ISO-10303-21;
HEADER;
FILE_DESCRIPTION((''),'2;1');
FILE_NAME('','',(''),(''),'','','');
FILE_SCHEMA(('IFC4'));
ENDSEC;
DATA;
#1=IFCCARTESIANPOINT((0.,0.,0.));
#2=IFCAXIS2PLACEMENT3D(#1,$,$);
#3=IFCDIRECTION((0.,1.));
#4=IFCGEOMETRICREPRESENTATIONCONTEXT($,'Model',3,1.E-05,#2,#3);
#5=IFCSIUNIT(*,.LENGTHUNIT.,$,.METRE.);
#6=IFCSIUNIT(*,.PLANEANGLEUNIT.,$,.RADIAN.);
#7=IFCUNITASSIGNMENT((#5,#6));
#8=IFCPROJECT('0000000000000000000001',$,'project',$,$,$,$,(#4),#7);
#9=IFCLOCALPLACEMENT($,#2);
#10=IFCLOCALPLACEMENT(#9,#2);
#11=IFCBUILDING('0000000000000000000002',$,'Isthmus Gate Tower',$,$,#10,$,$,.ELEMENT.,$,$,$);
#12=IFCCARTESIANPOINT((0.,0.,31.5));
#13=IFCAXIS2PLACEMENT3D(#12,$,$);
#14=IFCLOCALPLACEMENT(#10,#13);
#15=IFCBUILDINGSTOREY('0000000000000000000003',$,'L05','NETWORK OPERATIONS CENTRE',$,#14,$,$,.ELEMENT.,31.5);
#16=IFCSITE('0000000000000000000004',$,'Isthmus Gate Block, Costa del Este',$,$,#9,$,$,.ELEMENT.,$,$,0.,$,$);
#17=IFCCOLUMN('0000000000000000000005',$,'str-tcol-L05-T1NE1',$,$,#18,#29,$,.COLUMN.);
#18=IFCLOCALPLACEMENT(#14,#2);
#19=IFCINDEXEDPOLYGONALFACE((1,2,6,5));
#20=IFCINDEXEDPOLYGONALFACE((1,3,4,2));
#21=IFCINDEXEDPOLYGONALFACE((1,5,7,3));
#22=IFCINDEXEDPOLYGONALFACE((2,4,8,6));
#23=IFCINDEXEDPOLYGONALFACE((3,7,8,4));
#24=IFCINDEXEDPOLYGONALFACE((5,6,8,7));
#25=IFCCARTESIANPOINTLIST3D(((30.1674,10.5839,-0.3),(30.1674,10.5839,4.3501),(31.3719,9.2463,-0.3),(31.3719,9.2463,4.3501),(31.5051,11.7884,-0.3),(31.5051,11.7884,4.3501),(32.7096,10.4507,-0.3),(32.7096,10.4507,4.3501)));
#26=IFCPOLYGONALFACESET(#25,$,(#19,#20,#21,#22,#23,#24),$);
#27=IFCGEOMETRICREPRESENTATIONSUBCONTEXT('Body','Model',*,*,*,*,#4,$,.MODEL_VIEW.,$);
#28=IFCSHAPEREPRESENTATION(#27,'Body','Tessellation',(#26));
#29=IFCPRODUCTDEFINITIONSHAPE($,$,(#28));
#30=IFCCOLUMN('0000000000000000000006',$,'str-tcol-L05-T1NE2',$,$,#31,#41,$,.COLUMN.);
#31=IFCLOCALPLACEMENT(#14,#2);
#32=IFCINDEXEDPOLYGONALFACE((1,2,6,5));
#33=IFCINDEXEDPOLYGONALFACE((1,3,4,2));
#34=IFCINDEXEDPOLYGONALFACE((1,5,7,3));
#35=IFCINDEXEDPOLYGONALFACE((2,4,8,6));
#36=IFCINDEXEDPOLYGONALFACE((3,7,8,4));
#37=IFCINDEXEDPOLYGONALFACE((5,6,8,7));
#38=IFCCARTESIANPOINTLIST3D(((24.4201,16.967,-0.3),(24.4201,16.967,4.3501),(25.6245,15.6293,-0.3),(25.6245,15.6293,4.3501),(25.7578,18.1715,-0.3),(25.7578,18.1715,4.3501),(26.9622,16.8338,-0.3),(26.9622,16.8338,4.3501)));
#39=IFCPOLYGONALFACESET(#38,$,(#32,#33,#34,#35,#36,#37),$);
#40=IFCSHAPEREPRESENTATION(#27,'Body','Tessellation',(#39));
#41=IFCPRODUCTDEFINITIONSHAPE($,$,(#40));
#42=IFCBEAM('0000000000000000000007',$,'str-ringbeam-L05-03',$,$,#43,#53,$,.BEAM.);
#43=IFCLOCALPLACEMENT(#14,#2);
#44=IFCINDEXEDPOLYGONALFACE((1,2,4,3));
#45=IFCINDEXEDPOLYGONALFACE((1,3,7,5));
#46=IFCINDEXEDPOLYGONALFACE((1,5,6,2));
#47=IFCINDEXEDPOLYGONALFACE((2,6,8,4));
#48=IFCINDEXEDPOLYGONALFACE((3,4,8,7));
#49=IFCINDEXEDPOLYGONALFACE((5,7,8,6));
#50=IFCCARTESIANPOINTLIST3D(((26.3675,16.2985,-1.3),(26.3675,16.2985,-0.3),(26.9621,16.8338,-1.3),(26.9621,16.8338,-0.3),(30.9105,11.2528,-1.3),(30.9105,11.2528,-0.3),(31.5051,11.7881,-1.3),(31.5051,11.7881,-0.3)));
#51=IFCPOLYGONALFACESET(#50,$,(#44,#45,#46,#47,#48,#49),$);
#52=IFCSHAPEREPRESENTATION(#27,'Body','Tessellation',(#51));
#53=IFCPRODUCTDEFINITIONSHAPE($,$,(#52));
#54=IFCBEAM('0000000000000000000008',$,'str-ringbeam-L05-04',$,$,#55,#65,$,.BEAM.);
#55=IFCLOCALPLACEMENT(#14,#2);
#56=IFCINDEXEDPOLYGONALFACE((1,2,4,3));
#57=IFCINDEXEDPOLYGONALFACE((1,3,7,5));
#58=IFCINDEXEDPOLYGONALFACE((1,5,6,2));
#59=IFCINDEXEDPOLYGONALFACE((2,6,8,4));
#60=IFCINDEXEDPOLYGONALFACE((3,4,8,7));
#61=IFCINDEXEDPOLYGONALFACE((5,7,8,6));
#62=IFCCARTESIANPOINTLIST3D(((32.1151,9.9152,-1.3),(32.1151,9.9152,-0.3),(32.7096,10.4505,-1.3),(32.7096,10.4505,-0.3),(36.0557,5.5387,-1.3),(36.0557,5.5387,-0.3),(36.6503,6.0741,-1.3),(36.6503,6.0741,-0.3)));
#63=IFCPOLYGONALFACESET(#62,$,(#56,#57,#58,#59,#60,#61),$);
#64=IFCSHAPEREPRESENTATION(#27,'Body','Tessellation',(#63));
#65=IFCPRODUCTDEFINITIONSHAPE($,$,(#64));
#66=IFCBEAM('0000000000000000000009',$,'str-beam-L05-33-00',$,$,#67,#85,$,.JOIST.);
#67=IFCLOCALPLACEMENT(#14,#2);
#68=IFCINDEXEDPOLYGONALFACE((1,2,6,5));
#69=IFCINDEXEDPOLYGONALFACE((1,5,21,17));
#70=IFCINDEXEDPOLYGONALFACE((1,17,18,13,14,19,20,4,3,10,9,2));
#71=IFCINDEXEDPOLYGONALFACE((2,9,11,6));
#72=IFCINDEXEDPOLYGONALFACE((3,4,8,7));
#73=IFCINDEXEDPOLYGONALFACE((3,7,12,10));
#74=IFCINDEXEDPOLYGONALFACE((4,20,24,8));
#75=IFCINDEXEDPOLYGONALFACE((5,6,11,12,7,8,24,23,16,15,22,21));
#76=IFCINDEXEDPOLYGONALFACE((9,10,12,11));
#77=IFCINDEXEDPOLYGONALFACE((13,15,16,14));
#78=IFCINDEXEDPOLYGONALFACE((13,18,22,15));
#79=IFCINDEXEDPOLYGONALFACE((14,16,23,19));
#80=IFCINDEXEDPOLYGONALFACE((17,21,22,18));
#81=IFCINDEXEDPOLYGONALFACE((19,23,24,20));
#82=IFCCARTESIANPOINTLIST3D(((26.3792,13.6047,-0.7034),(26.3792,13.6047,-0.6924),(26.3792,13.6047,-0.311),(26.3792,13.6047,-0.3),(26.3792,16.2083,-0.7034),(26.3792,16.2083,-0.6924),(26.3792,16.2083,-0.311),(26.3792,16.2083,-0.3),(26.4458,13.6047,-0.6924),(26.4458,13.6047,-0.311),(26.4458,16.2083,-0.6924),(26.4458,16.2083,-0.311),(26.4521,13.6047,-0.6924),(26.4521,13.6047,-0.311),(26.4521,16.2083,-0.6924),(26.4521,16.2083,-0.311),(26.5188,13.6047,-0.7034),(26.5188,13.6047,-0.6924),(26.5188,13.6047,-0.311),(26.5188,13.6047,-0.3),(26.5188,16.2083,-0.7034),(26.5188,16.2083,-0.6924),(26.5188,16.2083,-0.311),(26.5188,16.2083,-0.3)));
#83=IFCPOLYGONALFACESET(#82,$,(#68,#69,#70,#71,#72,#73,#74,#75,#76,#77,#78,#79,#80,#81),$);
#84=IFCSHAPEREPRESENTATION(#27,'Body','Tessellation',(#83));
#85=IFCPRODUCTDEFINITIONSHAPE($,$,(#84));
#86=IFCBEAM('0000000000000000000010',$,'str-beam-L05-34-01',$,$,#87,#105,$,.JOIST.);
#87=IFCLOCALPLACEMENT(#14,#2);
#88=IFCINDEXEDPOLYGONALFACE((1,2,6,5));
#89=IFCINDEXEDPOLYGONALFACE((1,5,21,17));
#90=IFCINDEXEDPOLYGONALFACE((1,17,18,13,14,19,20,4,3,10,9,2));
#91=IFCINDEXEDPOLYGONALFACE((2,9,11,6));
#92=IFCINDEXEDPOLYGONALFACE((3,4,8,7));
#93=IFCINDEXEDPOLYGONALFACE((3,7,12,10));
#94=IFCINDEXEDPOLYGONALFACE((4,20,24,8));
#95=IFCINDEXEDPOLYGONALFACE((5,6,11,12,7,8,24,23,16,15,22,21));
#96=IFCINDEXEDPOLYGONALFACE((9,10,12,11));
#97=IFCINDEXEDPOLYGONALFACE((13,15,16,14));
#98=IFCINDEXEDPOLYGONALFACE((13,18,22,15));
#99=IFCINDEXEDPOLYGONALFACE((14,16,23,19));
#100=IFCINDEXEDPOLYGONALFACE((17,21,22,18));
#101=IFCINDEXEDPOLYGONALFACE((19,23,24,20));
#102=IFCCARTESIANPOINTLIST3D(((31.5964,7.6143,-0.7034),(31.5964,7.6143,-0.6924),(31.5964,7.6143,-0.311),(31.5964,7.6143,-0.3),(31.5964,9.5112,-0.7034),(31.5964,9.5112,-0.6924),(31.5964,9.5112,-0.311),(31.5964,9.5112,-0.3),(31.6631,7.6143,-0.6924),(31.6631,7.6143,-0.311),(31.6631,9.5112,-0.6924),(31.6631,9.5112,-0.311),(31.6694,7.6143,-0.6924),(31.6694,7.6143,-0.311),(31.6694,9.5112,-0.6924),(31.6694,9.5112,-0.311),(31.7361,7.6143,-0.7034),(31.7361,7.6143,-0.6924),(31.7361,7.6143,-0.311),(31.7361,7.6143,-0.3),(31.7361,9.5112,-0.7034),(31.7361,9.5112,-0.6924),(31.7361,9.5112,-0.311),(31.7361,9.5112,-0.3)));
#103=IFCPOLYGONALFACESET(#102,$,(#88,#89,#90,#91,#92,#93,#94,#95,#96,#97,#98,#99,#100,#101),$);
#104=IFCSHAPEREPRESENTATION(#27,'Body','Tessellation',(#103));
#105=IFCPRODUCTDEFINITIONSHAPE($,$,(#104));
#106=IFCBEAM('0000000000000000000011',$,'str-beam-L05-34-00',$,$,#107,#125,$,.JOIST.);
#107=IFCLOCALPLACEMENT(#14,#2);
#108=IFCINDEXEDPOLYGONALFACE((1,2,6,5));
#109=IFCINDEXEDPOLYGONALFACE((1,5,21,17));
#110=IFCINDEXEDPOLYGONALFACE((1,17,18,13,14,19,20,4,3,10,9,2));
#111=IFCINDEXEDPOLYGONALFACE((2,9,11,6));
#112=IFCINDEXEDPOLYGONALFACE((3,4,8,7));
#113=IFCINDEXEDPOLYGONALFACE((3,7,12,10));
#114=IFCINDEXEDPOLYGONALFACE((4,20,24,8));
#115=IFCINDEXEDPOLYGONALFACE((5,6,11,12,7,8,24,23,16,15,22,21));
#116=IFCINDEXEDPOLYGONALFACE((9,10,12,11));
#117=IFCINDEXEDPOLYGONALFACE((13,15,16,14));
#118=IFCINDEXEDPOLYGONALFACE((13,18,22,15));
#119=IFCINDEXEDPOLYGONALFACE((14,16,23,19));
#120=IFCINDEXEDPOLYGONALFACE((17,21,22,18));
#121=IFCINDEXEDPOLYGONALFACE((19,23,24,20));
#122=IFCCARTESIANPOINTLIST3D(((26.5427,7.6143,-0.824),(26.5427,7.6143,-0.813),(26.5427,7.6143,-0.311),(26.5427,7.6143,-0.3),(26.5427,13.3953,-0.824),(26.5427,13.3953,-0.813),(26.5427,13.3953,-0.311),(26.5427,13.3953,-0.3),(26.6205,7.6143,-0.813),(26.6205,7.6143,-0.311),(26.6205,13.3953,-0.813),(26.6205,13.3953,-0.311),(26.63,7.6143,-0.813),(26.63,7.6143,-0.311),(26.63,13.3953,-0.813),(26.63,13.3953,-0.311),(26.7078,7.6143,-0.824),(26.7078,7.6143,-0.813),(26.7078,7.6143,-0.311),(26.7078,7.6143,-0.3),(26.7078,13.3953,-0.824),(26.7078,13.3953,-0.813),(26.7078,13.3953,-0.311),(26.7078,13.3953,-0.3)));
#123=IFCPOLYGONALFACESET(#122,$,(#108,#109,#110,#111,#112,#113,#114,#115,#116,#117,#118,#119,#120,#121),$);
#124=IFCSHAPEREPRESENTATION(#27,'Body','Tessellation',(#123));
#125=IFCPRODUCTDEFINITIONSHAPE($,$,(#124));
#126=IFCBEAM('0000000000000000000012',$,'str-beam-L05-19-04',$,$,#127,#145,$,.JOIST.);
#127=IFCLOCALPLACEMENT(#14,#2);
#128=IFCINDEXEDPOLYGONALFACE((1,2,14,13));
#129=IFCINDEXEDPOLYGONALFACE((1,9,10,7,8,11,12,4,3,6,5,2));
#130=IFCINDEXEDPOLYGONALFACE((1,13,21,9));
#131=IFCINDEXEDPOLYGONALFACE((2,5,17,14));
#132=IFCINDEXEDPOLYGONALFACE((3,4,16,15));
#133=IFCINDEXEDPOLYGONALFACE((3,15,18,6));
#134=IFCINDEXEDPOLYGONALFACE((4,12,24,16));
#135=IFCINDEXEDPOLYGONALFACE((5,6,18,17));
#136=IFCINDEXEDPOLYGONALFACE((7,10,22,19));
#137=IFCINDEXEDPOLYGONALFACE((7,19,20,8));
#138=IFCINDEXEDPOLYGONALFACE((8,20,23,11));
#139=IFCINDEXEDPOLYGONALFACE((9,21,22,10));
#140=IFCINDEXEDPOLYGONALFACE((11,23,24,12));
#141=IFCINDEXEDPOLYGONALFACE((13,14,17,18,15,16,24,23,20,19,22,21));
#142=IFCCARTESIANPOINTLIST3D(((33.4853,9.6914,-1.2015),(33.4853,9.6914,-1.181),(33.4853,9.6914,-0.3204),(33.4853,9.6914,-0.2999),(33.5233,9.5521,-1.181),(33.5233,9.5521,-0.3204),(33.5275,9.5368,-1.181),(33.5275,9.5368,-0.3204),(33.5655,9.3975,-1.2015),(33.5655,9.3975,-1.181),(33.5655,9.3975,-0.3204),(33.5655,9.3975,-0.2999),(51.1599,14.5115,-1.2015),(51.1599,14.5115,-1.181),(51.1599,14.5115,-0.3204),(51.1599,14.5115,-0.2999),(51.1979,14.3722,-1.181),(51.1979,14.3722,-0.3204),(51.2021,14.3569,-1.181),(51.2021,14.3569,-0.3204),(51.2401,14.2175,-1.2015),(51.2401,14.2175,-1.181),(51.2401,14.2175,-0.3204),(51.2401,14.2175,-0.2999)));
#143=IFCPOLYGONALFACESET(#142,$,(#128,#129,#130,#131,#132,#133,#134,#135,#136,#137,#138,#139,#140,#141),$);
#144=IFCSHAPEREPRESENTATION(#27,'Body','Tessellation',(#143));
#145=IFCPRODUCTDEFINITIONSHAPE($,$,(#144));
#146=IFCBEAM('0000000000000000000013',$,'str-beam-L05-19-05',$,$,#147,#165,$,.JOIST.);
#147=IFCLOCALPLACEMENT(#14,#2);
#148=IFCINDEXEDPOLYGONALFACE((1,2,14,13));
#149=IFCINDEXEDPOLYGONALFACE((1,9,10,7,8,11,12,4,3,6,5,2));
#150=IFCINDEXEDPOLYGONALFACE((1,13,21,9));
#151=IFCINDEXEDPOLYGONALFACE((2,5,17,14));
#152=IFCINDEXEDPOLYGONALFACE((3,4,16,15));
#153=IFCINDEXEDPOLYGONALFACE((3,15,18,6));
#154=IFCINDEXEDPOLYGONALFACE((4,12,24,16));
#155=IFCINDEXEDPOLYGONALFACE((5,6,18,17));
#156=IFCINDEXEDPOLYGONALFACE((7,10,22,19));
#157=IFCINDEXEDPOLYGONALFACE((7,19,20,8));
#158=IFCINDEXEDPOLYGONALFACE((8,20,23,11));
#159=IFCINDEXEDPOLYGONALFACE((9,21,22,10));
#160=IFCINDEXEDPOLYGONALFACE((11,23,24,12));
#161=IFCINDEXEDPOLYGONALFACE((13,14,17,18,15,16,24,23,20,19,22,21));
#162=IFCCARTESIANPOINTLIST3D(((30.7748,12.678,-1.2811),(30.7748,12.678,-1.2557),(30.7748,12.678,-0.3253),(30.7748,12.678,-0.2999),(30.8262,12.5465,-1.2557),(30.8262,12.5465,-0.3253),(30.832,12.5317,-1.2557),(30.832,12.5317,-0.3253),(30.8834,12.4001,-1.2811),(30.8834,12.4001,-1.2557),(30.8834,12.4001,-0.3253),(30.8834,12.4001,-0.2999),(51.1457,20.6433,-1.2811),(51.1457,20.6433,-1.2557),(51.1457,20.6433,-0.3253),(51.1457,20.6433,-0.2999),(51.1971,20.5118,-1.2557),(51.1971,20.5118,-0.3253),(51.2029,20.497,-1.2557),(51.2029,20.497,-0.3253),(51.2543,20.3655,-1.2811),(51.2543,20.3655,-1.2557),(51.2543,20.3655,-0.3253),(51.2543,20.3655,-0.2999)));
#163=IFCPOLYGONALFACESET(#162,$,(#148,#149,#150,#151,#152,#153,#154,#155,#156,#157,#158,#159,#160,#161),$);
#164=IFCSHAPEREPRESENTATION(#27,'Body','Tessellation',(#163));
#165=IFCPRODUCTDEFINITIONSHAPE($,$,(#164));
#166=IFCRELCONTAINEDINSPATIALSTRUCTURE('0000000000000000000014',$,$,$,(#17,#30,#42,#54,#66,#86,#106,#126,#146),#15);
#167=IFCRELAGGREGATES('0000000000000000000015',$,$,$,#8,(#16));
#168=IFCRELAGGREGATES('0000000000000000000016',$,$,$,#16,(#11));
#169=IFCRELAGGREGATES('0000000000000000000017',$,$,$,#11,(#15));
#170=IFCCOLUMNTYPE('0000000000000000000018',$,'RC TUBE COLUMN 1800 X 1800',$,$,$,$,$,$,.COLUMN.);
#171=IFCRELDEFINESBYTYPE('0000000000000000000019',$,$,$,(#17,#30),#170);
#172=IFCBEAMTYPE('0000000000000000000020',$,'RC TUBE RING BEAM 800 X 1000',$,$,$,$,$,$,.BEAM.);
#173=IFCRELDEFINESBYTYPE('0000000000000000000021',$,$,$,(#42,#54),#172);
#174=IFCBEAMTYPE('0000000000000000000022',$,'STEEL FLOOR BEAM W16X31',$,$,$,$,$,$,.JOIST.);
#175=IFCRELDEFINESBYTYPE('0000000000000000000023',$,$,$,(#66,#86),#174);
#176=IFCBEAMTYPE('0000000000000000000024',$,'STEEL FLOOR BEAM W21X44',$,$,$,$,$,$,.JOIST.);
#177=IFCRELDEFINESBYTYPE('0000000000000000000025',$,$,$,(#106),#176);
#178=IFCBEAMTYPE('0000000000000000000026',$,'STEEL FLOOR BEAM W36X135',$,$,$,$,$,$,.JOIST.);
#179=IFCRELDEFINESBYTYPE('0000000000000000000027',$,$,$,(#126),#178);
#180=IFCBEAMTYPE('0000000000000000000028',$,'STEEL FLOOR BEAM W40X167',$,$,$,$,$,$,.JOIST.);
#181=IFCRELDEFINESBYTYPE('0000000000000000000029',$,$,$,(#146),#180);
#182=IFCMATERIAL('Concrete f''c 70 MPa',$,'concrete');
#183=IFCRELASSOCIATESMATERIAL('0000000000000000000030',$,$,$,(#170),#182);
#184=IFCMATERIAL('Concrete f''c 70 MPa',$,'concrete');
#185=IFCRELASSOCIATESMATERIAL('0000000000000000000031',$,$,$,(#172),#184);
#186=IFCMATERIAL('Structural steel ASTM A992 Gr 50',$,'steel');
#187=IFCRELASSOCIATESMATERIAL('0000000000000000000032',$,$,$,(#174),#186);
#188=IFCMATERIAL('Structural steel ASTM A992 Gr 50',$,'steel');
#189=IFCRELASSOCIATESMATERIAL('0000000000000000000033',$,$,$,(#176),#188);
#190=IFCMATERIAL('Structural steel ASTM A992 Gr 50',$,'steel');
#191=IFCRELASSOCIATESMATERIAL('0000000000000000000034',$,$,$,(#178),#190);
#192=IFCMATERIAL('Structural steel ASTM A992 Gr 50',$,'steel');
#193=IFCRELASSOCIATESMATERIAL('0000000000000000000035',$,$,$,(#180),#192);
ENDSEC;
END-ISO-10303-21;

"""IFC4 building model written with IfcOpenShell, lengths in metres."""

from ifc_helpers import new_model, si_unit, direction, frame, origin, origin_2d, place, context, subcontext, project, spatial, rectangle, i_section, extrude, material, material_profile, profile_set, type_object, element, save


model = new_model("IFC4")

# Units and contexts
model_context = context("Model", 3, precision=1e-05, world=origin(), true_north=direction((0.0, 1.0)))
body_context = subcontext(model_context, "Body", "Model", "MODEL_VIEW")
ifc_project = project(units=[si_unit("LENGTHUNIT", "METRE"), si_unit("PLANEANGLEUNIT", "RADIAN")], contexts=[model_context])

# Site, building, storey
site_placement = place(None, origin())
site = spatial("IfcSite", under=ifc_project, at=site_placement, Name="Isthmus Gate Block, Costa del Este", CompositionType="ELEMENT", RefElevation=0.0)
building_placement = place(site_placement, origin())
building = spatial("IfcBuilding", under=site, at=building_placement, Name="Isthmus Gate Tower", CompositionType="ELEMENT")
storey_placement = place(building_placement, frame((0.0, 0.0, 31.5)))
storey = spatial("IfcBuildingStorey", under=building, at=storey_placement, Name="L05", Description="NETWORK OPERATIONS CENTRE", CompositionType="ELEMENT", Elevation=31.5)

# Columns
ifc_material_1 = material(Name="Concrete f'c 70 MPa", Category="concrete")
ifc_material_profile_1 = material_profile(ifc_material_1, rectangle(XDim=1.8, YDim=1.8, at=origin_2d()), Name="RC 1800X1800")
ifc_profile_set_1 = profile_set([ifc_material_profile_1], Name="Concrete f'c 70 MPa")
column_type = type_object("IfcColumnType", Name="RC TUBE COLUMN 1800 X 1800", PredefinedType="COLUMN", material=ifc_profile_set_1)
for number, where, z_axis, x_axis, name in (
    (1, (31.4385, 10.5173, -0.3), (0.0, 0.0, 1.0), (-0.669131, 0.743145, 0.0), "str-tcol-L05-T1NE1"),
    (2, (25.6912, 16.9004, -0.3), (0.0, 0.0, 1.0), (-0.669131, 0.743145, 0.0), "str-tcol-L05-T1NE2"),
):
    element("IfcColumn", number, at=place(storey_placement, frame(where, z_axis=z_axis, x_axis=x_axis)), inside=storey, type_object=column_type, Name=name, PredefinedType="COLUMN", context=body_context, shape_type="SweptSolid", body=[
        extrude(rectangle(XDim=1.8, YDim=1.8, at=origin_2d()), origin(), (0.0, 0.0, 1.0), 4.6501),
    ])

# Beams
ifc_material_2 = material(Name="Concrete f'c 70 MPa", Category="concrete")
ifc_material_profile_2 = material_profile(ifc_material_2, rectangle(XDim=0.8, YDim=1.0, at=origin_2d()), Name="RC 800X1000")
ifc_profile_set_2 = profile_set([ifc_material_profile_2], Name="Concrete f'c 70 MPa")
beam_type_1 = type_object("IfcBeamType", Name="RC TUBE RING BEAM 800 X 1000", PredefinedType="BEAM", material=ifc_profile_set_2)
beam_1_placement = place(storey_placement, frame((26.6648, 16.5662, -0.8), z_axis=(0.669118, -0.743156, 0.0), x_axis=(0.743156, 0.669118, 0.0)))
element("IfcBeam", 3, at=beam_1_placement, inside=storey, type_object=beam_type_1, Name="str-ringbeam-L05-03", PredefinedType="BEAM", context=body_context, shape_type="SweptSolid", body=[
    extrude(rectangle(XDim=0.8, YDim=1.0, at=origin_2d()), origin(), (0.0, 0.0, 1.0), 6.7896),
])
beam_2_placement = place(storey_placement, frame((32.4124, 10.1829, -0.8), z_axis=(0.669139, -0.743137, 0.0), x_axis=(0.743137, 0.669139, 0.0)))
element("IfcBeam", 4, at=beam_2_placement, inside=storey, type_object=beam_type_1, Name="str-ringbeam-L05-04", PredefinedType="BEAM", context=body_context, shape_type="SweptSolid", body=[
    extrude(rectangle(XDim=0.8, YDim=1.0, at=origin_2d()), origin(), (0.0, 0.0, 1.0), 5.8892),
])
ifc_material_3 = material(Name="Structural steel ASTM A992 Gr 50", Category="steel")
ifc_material_profile_3 = material_profile(ifc_material_3, i_section(OverallWidth=0.1396, OverallDepth=0.4033, WebThickness=0.0063, FlangeThickness=0.011, at=origin_2d()), Name="W16X31")
ifc_profile_set_3 = profile_set([ifc_material_profile_3], Name="Structural steel ASTM A992 Gr 50")
beam_type_2 = type_object("IfcBeamType", Name="STEEL FLOOR BEAM W16X31", PredefinedType="JOIST", material=ifc_profile_set_3)
beam_3_placement = place(storey_placement, frame((26.449, 13.6047, -0.5017), z_axis=(0.0, 1.0, 0.0), x_axis=(-1.0, 0.0, 0.0)))
element("IfcBeam", 5, at=beam_3_placement, inside=storey, type_object=beam_type_2, Name="str-beam-L05-33-00", PredefinedType="JOIST", context=body_context, shape_type="SweptSolid", body=[
    extrude(i_section(OverallWidth=0.1396, OverallDepth=0.4033, WebThickness=0.0063, FlangeThickness=0.011, at=origin_2d()), origin(), (0.0, 0.0, 1.0), 2.6035),
])
beam_4_placement = place(storey_placement, frame((31.6663, 7.6143, -0.5017), z_axis=(0.0, 1.0, 0.0), x_axis=(-1.0, 0.0, 0.0)))
element("IfcBeam", 6, at=beam_4_placement, inside=storey, type_object=beam_type_2, Name="str-beam-L05-34-01", PredefinedType="JOIST", context=body_context, shape_type="SweptSolid", body=[
    extrude(i_section(OverallWidth=0.1396, OverallDepth=0.4033, WebThickness=0.0063, FlangeThickness=0.011, at=origin_2d()), origin(), (0.0, 0.0, 1.0), 1.897),
])
ifc_material_4 = material(Name="Structural steel ASTM A992 Gr 50", Category="steel")
ifc_material_profile_4 = material_profile(ifc_material_4, i_section(OverallWidth=0.165, OverallDepth=0.5239, WebThickness=0.0095, FlangeThickness=0.011, at=origin_2d()), Name="W21X44")
ifc_profile_set_4 = profile_set([ifc_material_profile_4], Name="Structural steel ASTM A992 Gr 50")
beam_type_3 = type_object("IfcBeamType", Name="STEEL FLOOR BEAM W21X44", PredefinedType="JOIST", material=ifc_profile_set_4)
beam_5_placement = place(storey_placement, frame((26.6252, 7.6143, -0.562), z_axis=(0.0, 1.0, 0.0), x_axis=(-1.0, 0.0, 0.0)))
element("IfcBeam", 7, at=beam_5_placement, inside=storey, type_object=beam_type_3, Name="str-beam-L05-34-00", PredefinedType="JOIST", context=body_context, shape_type="SweptSolid", body=[
    extrude(i_section(OverallWidth=0.165, OverallDepth=0.5239, WebThickness=0.0095, FlangeThickness=0.011, at=origin_2d()), origin(), (0.0, 0.0, 1.0), 5.781),
])
ifc_material_5 = material(Name="Structural steel ASTM A992 Gr 50", Category="steel")
ifc_material_profile_5 = material_profile(ifc_material_5, i_section(OverallWidth=0.3047, OverallDepth=0.9016, WebThickness=0.0159, FlangeThickness=0.0205, at=origin_2d()), Name="W36X135")
ifc_profile_set_5 = profile_set([ifc_material_profile_5], Name="Structural steel ASTM A992 Gr 50")
beam_type_4 = type_object("IfcBeamType", Name="STEEL FLOOR BEAM W36X135", PredefinedType="JOIST", material=ifc_profile_set_5)
beam_6_placement = place(storey_placement, frame((33.5254, 9.5444, -0.7507), z_axis=(0.964768, 0.263104, 0.0), x_axis=(-0.263104, 0.964768, 0.0)))
element("IfcBeam", 8, at=beam_6_placement, inside=storey, type_object=beam_type_4, Name="str-beam-L05-19-04", PredefinedType="JOIST", context=body_context, shape_type="SweptSolid", body=[
    extrude(i_section(OverallWidth=0.3047, OverallDepth=0.9016, WebThickness=0.0159, FlangeThickness=0.0205, at=origin_2d()), origin(), (0.0, 0.0, 1.0), 18.3201),
])
ifc_material_6 = material(Name="Structural steel ASTM A992 Gr 50", Category="steel")
ifc_material_profile_6 = material_profile(ifc_material_6, i_section(OverallWidth=0.2983, OverallDepth=0.9812, WebThickness=0.0159, FlangeThickness=0.0254, at=origin_2d()), Name="W40X167")
ifc_profile_set_6 = profile_set([ifc_material_profile_6], Name="Structural steel ASTM A992 Gr 50")
beam_type_5 = type_object("IfcBeamType", Name="STEEL FLOOR BEAM W40X167", PredefinedType="JOIST", material=ifc_profile_set_6)
beam_7_placement = place(storey_placement, frame((30.8291, 12.5391, -0.7905), z_axis=(0.931334, 0.364167, 0.0), x_axis=(-0.364167, 0.931334, 0.0)))
element("IfcBeam", 9, at=beam_7_placement, inside=storey, type_object=beam_type_5, Name="str-beam-L05-19-05", PredefinedType="JOIST", context=body_context, shape_type="SweptSolid", body=[
    extrude(i_section(OverallWidth=0.2983, OverallDepth=0.9812, WebThickness=0.0159, FlangeThickness=0.0254, at=origin_2d()), origin(), (0.0, 0.0, 1.0), 21.8728),
])

save(model, "model.ifc")
